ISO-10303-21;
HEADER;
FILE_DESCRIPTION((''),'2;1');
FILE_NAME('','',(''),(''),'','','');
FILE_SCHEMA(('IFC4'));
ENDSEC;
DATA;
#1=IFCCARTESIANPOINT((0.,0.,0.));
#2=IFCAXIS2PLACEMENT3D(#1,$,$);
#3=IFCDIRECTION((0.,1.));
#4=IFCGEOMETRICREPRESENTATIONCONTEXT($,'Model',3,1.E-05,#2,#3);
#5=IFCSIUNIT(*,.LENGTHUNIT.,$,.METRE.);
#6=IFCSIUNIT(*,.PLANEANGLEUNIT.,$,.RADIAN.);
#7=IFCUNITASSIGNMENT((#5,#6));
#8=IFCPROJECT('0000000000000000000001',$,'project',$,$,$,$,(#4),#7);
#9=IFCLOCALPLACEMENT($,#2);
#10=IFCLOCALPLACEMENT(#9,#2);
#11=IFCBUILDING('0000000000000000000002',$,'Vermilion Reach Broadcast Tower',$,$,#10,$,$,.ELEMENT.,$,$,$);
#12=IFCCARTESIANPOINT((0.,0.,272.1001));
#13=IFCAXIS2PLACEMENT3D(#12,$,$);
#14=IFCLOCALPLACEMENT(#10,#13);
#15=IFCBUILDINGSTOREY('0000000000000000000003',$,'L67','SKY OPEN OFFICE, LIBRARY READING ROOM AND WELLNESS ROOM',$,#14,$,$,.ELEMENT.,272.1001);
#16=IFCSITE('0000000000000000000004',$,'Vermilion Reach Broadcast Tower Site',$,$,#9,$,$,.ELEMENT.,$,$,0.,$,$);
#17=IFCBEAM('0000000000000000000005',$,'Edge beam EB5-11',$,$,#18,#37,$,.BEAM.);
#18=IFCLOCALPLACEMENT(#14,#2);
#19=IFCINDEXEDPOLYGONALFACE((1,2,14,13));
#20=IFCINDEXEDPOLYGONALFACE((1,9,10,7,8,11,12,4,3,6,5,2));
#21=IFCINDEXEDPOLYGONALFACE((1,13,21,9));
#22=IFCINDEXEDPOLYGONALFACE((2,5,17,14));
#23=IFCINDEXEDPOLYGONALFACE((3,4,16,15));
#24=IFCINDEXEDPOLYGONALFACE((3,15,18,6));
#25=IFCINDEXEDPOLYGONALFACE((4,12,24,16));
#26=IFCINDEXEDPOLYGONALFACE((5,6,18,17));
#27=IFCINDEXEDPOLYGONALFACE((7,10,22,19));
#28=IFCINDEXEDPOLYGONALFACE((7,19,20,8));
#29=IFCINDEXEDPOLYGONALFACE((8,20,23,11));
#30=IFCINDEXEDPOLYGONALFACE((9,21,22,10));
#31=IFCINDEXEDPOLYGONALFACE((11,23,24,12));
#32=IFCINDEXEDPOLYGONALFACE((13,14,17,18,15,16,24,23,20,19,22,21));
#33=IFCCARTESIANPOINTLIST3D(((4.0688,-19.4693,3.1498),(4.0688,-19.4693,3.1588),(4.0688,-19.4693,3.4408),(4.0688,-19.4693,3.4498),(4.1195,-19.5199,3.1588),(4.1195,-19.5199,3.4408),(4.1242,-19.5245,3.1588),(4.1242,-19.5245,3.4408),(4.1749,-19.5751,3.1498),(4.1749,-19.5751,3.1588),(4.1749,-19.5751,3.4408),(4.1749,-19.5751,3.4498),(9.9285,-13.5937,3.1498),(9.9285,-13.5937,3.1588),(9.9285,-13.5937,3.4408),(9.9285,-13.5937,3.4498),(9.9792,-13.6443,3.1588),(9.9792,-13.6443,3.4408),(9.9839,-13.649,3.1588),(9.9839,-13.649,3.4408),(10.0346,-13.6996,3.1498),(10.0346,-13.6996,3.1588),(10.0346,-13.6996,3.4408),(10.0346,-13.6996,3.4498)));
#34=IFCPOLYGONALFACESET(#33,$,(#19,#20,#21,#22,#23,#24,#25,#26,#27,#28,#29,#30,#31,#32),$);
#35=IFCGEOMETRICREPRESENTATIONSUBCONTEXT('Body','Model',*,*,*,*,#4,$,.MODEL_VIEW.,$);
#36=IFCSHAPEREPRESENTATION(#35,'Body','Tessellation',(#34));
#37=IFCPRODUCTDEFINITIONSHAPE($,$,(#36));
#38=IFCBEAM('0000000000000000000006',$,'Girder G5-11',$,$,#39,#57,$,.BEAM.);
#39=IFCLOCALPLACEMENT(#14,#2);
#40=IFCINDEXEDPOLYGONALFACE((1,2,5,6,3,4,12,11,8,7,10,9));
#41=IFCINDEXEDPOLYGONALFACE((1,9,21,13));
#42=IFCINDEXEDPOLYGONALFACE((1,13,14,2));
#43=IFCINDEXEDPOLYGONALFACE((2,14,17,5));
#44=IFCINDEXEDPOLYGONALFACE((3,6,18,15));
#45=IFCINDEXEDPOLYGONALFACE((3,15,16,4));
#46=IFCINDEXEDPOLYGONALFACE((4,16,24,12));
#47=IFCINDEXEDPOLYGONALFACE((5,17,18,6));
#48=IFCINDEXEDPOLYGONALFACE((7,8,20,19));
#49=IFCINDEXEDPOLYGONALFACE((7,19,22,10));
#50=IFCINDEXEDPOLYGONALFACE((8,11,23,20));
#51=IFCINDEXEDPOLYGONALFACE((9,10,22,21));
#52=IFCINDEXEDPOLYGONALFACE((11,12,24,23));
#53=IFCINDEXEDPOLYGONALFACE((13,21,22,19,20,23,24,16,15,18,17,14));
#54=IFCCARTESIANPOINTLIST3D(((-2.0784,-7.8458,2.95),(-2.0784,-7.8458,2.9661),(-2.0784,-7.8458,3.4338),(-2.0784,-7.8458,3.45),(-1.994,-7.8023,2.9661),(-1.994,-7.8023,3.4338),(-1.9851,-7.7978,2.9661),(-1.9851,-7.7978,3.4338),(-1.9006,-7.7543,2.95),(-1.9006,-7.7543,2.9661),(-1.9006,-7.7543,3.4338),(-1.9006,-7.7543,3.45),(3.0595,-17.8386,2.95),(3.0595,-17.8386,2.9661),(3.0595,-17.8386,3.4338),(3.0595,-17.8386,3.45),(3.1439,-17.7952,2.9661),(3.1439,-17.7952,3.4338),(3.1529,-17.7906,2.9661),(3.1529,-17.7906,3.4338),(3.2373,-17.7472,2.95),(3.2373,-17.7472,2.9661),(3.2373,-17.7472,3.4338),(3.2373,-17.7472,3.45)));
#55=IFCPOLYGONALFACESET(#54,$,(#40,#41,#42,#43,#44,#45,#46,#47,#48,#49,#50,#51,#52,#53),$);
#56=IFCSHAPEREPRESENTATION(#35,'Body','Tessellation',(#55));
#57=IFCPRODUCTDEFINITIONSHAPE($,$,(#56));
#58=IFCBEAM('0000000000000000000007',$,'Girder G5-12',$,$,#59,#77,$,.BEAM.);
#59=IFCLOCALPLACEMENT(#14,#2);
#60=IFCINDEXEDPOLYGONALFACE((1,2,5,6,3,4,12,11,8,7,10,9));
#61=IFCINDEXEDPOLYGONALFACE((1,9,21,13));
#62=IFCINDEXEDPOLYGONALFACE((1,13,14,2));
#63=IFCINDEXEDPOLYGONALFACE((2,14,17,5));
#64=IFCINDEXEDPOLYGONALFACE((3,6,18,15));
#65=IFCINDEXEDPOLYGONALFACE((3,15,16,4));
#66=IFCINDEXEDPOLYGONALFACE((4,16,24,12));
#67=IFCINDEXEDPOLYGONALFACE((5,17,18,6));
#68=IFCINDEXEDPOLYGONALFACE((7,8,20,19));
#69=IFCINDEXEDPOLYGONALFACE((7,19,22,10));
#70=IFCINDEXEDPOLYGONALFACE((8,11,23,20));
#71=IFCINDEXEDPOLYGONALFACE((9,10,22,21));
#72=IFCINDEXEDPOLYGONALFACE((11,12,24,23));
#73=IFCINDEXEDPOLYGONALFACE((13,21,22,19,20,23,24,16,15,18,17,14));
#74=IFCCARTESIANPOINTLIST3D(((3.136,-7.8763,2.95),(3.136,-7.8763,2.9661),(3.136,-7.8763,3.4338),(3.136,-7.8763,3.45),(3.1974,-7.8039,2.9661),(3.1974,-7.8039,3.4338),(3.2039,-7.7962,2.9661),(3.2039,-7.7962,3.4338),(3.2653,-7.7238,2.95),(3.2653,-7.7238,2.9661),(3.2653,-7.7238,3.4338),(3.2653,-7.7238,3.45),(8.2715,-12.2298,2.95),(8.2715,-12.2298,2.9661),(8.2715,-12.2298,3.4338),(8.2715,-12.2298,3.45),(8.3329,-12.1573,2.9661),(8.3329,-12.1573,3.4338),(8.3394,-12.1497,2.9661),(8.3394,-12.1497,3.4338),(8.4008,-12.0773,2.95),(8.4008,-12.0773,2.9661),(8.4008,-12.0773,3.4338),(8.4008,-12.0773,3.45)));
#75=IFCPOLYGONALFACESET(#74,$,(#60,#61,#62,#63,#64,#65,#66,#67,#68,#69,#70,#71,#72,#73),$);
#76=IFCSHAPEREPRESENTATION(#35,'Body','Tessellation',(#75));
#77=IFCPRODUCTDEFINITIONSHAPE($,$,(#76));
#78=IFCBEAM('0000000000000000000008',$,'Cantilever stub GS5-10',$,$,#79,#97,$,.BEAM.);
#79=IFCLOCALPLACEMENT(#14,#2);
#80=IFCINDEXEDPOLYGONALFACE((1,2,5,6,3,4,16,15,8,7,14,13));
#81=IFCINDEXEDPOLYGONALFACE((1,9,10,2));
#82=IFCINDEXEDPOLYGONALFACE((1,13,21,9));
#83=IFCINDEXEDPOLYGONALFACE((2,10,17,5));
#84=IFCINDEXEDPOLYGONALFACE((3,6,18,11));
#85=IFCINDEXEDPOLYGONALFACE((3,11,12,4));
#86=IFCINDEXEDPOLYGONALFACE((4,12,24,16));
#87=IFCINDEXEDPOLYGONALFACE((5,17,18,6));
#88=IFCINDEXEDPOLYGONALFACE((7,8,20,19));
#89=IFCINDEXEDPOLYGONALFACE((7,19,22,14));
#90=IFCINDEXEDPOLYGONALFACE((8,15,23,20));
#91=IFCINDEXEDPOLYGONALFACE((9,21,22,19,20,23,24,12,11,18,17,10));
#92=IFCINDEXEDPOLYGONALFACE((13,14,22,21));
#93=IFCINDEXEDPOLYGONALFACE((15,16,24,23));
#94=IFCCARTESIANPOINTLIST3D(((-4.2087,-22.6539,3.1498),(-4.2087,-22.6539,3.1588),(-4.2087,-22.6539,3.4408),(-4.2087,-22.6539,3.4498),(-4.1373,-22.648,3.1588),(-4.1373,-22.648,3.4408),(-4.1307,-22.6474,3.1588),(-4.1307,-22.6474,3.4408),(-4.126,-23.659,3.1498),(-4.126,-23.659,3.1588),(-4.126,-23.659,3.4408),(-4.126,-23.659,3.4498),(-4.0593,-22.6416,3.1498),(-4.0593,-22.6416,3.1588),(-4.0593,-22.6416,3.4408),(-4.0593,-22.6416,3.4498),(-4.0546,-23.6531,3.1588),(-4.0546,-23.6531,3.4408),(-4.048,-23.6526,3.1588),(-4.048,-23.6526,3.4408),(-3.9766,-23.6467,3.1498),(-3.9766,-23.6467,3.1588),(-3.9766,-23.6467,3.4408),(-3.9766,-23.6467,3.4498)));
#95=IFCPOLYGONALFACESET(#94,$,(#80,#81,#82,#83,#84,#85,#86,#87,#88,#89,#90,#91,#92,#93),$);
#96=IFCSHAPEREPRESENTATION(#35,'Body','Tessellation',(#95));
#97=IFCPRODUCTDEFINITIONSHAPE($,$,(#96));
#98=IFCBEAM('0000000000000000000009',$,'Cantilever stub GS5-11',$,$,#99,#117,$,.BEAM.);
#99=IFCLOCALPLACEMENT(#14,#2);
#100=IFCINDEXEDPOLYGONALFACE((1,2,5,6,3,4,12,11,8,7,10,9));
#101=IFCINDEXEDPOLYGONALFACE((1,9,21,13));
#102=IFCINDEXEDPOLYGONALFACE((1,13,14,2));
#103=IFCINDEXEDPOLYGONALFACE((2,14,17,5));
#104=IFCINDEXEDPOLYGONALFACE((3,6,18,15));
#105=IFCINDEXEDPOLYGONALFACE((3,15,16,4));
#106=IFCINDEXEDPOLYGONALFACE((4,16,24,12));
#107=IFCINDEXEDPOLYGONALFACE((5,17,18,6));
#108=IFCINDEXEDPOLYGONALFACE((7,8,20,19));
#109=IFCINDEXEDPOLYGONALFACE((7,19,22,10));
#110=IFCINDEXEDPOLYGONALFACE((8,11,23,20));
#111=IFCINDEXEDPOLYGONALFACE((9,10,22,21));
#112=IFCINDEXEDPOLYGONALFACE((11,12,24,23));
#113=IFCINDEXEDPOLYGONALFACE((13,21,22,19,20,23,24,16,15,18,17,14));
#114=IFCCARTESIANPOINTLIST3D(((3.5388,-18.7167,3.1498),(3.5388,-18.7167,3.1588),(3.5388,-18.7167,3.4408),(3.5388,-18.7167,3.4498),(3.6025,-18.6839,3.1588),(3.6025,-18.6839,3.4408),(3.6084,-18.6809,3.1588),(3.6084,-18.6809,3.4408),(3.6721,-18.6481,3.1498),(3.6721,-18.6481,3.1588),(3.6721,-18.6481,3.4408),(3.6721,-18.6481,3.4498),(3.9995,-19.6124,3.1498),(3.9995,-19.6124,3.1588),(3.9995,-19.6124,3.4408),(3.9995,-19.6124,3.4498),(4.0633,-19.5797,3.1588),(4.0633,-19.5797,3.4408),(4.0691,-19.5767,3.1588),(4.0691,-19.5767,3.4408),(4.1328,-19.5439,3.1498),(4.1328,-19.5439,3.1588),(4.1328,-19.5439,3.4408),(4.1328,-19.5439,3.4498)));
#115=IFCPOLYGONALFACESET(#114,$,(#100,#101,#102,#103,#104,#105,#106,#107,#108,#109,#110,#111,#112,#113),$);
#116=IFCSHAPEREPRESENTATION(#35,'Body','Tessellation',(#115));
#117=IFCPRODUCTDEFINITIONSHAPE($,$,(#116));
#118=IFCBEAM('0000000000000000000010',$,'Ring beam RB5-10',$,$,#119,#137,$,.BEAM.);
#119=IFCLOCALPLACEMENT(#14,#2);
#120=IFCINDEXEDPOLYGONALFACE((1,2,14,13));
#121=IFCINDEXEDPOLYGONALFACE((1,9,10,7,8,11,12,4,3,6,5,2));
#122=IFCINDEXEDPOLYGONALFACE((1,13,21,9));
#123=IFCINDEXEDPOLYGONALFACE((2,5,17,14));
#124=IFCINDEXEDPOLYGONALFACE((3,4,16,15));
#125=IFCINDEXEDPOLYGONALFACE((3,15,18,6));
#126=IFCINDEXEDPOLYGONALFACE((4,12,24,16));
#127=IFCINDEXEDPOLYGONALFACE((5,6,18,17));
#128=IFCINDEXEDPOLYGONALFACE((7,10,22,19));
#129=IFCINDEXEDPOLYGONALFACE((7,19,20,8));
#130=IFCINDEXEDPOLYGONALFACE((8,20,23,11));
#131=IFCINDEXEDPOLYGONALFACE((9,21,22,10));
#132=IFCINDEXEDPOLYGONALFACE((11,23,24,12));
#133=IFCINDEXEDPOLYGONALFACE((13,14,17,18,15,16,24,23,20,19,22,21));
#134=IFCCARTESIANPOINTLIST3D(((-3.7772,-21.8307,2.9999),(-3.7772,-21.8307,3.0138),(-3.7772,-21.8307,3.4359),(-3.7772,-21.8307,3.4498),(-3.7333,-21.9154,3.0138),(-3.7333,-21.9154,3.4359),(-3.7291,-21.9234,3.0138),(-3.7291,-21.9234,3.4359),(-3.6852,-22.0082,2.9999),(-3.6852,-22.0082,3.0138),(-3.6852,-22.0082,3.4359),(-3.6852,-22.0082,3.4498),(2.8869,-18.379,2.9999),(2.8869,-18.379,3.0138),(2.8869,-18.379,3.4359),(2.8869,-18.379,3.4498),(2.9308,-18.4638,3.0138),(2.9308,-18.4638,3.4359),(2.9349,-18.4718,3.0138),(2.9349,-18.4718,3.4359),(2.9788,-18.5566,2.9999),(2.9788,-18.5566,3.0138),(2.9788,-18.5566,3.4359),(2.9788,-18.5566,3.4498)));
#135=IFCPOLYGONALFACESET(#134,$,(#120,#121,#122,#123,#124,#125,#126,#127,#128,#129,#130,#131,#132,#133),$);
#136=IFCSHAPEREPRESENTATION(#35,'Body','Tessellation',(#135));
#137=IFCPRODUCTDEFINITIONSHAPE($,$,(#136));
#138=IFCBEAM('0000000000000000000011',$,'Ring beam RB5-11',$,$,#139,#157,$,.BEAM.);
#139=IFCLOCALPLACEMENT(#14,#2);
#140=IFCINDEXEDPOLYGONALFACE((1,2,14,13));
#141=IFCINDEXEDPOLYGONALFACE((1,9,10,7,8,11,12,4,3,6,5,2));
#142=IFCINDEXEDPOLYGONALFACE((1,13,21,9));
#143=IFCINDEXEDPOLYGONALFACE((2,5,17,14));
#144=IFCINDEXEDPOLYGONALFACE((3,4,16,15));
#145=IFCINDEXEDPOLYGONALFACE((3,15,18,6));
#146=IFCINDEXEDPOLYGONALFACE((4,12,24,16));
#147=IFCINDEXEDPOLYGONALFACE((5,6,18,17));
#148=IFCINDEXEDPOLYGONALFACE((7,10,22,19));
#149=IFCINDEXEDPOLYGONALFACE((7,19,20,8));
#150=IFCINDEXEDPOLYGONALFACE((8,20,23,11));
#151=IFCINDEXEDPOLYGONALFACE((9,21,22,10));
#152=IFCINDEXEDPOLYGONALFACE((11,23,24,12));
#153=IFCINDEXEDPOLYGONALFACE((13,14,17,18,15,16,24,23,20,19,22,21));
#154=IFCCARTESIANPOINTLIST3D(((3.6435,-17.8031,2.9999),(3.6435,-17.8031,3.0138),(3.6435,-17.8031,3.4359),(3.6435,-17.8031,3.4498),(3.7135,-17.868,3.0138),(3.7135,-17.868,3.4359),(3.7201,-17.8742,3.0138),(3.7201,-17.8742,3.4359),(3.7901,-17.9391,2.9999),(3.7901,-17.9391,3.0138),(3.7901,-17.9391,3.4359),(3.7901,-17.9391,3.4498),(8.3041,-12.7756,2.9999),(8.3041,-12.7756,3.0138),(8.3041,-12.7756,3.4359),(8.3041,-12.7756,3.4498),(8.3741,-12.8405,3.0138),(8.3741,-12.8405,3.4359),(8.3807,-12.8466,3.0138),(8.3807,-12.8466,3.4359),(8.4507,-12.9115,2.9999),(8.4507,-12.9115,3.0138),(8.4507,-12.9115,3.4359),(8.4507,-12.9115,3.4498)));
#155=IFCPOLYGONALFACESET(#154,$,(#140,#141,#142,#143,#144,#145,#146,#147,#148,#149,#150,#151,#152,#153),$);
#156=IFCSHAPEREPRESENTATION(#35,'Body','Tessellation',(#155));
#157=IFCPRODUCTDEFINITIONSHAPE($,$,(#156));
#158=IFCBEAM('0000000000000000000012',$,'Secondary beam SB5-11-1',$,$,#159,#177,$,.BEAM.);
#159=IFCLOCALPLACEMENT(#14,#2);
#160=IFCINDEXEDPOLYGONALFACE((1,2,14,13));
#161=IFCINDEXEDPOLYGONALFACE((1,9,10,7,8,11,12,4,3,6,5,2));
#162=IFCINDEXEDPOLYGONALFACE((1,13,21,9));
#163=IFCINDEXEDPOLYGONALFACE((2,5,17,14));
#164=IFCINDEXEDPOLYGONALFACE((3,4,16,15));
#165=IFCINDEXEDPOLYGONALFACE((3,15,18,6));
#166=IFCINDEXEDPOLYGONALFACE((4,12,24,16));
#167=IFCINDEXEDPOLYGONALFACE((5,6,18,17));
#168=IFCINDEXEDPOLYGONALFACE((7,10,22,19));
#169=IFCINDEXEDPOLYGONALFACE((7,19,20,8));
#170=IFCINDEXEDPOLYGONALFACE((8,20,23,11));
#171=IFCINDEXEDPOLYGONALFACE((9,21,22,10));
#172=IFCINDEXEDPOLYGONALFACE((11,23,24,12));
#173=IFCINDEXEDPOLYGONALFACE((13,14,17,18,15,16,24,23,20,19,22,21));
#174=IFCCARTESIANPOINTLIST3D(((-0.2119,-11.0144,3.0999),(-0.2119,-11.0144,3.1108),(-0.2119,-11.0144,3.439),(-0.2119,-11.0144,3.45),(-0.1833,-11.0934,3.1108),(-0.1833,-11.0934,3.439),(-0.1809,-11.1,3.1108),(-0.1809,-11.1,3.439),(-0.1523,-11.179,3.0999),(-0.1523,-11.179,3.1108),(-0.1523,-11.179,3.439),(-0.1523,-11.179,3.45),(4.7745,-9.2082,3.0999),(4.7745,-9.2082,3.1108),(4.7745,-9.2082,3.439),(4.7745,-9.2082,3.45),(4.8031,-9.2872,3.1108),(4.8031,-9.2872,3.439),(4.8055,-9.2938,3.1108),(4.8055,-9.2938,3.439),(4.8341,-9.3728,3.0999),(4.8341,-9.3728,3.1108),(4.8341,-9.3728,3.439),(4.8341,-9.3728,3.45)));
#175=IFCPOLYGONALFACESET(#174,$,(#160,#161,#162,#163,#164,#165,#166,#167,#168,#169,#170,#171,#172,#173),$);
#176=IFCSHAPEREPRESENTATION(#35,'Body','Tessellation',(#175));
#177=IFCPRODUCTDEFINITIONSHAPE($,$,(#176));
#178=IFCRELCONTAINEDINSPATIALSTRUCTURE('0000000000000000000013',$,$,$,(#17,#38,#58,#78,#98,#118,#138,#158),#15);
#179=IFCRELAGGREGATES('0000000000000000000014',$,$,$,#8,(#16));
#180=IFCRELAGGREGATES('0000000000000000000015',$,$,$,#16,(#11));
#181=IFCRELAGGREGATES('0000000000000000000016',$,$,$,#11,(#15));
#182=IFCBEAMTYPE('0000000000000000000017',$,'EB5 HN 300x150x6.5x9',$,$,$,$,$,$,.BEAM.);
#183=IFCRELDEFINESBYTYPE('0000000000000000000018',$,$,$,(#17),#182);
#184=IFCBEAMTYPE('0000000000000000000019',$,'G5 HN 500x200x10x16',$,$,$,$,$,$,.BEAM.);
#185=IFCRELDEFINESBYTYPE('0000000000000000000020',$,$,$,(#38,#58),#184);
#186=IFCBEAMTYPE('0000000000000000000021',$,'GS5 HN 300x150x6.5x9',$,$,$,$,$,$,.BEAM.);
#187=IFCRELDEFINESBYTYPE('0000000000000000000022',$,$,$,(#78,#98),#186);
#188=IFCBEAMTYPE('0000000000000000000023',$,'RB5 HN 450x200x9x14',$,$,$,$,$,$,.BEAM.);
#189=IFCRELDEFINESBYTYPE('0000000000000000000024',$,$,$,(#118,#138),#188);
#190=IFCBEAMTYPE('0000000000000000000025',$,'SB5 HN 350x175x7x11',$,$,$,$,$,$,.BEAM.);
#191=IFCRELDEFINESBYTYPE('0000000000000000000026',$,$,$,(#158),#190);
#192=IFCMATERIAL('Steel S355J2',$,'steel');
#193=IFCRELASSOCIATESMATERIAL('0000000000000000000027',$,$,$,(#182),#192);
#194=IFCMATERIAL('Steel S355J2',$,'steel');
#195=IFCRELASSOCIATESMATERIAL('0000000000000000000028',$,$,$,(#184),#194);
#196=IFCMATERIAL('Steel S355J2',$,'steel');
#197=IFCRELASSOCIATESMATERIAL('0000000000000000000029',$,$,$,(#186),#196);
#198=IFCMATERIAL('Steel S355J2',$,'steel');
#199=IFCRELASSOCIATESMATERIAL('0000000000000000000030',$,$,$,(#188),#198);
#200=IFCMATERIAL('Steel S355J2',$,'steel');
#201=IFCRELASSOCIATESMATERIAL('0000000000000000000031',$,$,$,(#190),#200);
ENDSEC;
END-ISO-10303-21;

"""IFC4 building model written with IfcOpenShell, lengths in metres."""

from ifc_helpers import new_model, si_unit, direction, frame, origin, origin_2d, place, context, subcontext, project, spatial, i_section, extrude, material, material_profile, profile_set, type_object, element, save


model = new_model("IFC4")

# Units and contexts
model_context = context("Model", 3, precision=1e-05, world=origin(), true_north=direction((0.0, 1.0)))
body_context = subcontext(model_context, "Body", "Model", "MODEL_VIEW")
ifc_project = project(units=[si_unit("LENGTHUNIT", "METRE"), si_unit("PLANEANGLEUNIT", "RADIAN")], contexts=[model_context])

# Site, building, storey
site_placement = place(None, origin())
site = spatial("IfcSite", under=ifc_project, at=site_placement, Name="Vermilion Reach Broadcast Tower Site", CompositionType="ELEMENT", RefElevation=0.0)
building_placement = place(site_placement, origin())
building = spatial("IfcBuilding", under=site, at=building_placement, Name="Vermilion Reach Broadcast Tower", CompositionType="ELEMENT")
storey_placement = place(building_placement, frame((0.0, 0.0, 272.1001)))
storey = spatial("IfcBuildingStorey", under=building, at=storey_placement, Name="L67", Description="SKY OPEN OFFICE, LIBRARY READING ROOM AND WELLNESS ROOM", CompositionType="ELEMENT", Elevation=272.1001)

# Beams
ifc_material_1 = material(Name="Steel S355J2", Category="steel")
ifc_material_profile_1 = material_profile(ifc_material_1, i_section(OverallWidth=0.1499, OverallDepth=0.3, WebThickness=0.0066, FlangeThickness=0.009, at=origin_2d()), Name="S355J2 HN 300x150x6.5x9")
ifc_profile_set_1 = profile_set([ifc_material_profile_1], Name="Steel S355J2")
beam_type_1 = type_object("IfcBeamType", Name="EB5 HN 300x150x6.5x9", PredefinedType="BEAM", material=ifc_profile_set_1)
beam_1_placement = place(storey_placement, frame((4.1218, -19.5222, 3.2998), z_axis=(0.70615, 0.708062, 0.0), x_axis=(-0.708062, 0.70615, 0.0)))
element("IfcBeam", 1, at=beam_1_placement, inside=storey, type_object=beam_type_1, Name="Edge beam EB5-11", PredefinedType="BEAM", context=body_context, shape_type="SweptSolid", body=[
    extrude(i_section(OverallWidth=0.1499, OverallDepth=0.3, WebThickness=0.0066, FlangeThickness=0.009, at=origin_2d()), origin(), (0.0, 0.0, 1.0), 8.2981),
])
ifc_material_2 = material(Name="Steel S355J2", Category="steel")
ifc_material_profile_2 = material_profile(ifc_material_2, i_section(OverallWidth=0.2, OverallDepth=0.5, WebThickness=0.01, FlangeThickness=0.0161, at=origin_2d()), Name="S355J2 HN 500x200x10x16")
ifc_profile_set_2 = profile_set([ifc_material_profile_2], Name="Steel S355J2")
beam_type_2 = type_object("IfcBeamType", Name="G5 HN 500x200x10x16", PredefinedType="BEAM", material=ifc_profile_set_2)
beam_2_placement = place(storey_placement, frame((-1.9895, -7.8, 3.2), z_axis=(0.457258, -0.889334, 0.0), x_axis=(0.889334, 0.457258, 0.0)))
element("IfcBeam", 2, at=beam_2_placement, inside=storey, type_object=beam_type_2, Name="Girder G5-11", PredefinedType="BEAM", context=body_context, shape_type="SweptSolid", body=[
    extrude(i_section(OverallWidth=0.2, OverallDepth=0.5, WebThickness=0.01, FlangeThickness=0.0161, at=origin_2d()), origin(), (0.0, 0.0, 1.0), 11.2363),
])
beam_3_placement = place(storey_placement, frame((3.2007, -7.8, 3.2), z_axis=(0.762793, -0.646643, 0.0), x_axis=(0.646643, 0.762793, 0.0)))
element("IfcBeam", 3, at=beam_3_placement, inside=storey, type_object=beam_type_2, Name="Girder G5-12", PredefinedType="BEAM", context=body_context, shape_type="SweptSolid", body=[
    extrude(i_section(OverallWidth=0.2, OverallDepth=0.5, WebThickness=0.01, FlangeThickness=0.0161, at=origin_2d()), origin(), (0.0, 0.0, 1.0), 6.7324),
])
ifc_material_3 = material(Name="Steel S355J2", Category="steel")
ifc_material_profile_3 = material_profile(ifc_material_3, i_section(OverallWidth=0.1499, OverallDepth=0.3, WebThickness=0.0066, FlangeThickness=0.009, at=origin_2d()), Name="S355J2 HN 300x150x6.5x9")
ifc_profile_set_3 = profile_set([ifc_material_profile_3], Name="Steel S355J2")
beam_type_3 = type_object("IfcBeamType", Name="GS5 HN 300x150x6.5x9", PredefinedType="BEAM", material=ifc_profile_set_3)
beam_4_placement = place(storey_placement, frame((-4.134, -22.6477, 3.2998), z_axis=(0.082064, -0.996627, 0.0), x_axis=(0.996627, 0.082064, 0.0)))
element("IfcBeam", 4, at=beam_4_placement, inside=storey, type_object=beam_type_3, Name="Cantilever stub GS5-10", PredefinedType="BEAM", context=body_context, shape_type="SweptSolid", body=[
    extrude(i_section(OverallWidth=0.1499, OverallDepth=0.3, WebThickness=0.0066, FlangeThickness=0.009, at=origin_2d()), origin(), (0.0, 0.0, 1.0), 1.0085),
])
beam_5_placement = place(storey_placement, frame((3.6055, -18.6824, 3.2998), z_axis=(0.457364, -0.889279, 0.0), x_axis=(0.889279, 0.457364, 0.0)))
element("IfcBeam", 5, at=beam_5_placement, inside=storey, type_object=beam_type_3, Name="Cantilever stub GS5-11", PredefinedType="BEAM", context=body_context, shape_type="SweptSolid", body=[
    extrude(i_section(OverallWidth=0.1499, OverallDepth=0.3, WebThickness=0.0066, FlangeThickness=0.009, at=origin_2d()), origin(), (0.0, 0.0, 1.0), 1.0073),
])
ifc_material_4 = material(Name="Steel S355J2", Category="steel")
ifc_material_profile_4 = material_profile(ifc_material_4, i_section(OverallWidth=0.2, OverallDepth=0.45, WebThickness=0.009, FlangeThickness=0.0139, at=origin_2d()), Name="S355J2 HN 450x200x9x14")
ifc_profile_set_4 = profile_set([ifc_material_profile_4], Name="Steel S355J2")
beam_type_4 = type_object("IfcBeamType", Name="RB5 HN 450x200x9x14", PredefinedType="BEAM", material=ifc_profile_set_4)
beam_6_placement = place(storey_placement, frame((-3.7312, -21.9194, 3.2249), z_axis=(0.88796, 0.45992, 0.0), x_axis=(-0.45992, 0.88796, 0.0)))
element("IfcBeam", 6, at=beam_6_placement, inside=storey, type_object=beam_type_4, Name="Ring beam RB5-10", PredefinedType="BEAM", context=body_context, shape_type="SweptSolid", body=[
    extrude(i_section(OverallWidth=0.2, OverallDepth=0.45, WebThickness=0.009, FlangeThickness=0.0139, at=origin_2d()), origin(), (0.0, 0.0, 1.0), 7.5049),
])
beam_7_placement = place(storey_placement, frame((3.7168, -17.8711, 3.2249), z_axis=(0.679838, 0.733363, 0.0), x_axis=(-0.733363, 0.679838, 0.0)))
element("IfcBeam", 7, at=beam_7_placement, inside=storey, type_object=beam_type_4, Name="Ring beam RB5-11", PredefinedType="BEAM", context=body_context, shape_type="SweptSolid", body=[
    extrude(i_section(OverallWidth=0.2, OverallDepth=0.45, WebThickness=0.009, FlangeThickness=0.0139, at=origin_2d()), origin(), (0.0, 0.0, 1.0), 6.8555),
])
ifc_material_5 = material(Name="Steel S355J2", Category="steel")
ifc_material_profile_5 = material_profile(ifc_material_5, i_section(OverallWidth=0.175, OverallDepth=0.3501, WebThickness=0.0071, FlangeThickness=0.011, at=origin_2d()), Name="S355J2 HN 350x175x7x11")
ifc_profile_set_5 = profile_set([ifc_material_profile_5], Name="Steel S355J2")
beam_type_5 = type_object("IfcBeamType", Name="SB5 HN 350x175x7x11", PredefinedType="BEAM", material=ifc_profile_set_5)
beam_8_placement = place(storey_placement, frame((-0.1821, -11.0967, 3.2749), z_axis=(0.94022, 0.340567, 0.0), x_axis=(-0.340567, 0.94022, 0.0)))
element("IfcBeam", 8, at=beam_8_placement, inside=storey, type_object=beam_type_5, Name="Secondary beam SB5-11-1", PredefinedType="BEAM", context=body_context, shape_type="SweptSolid", body=[
    extrude(i_section(OverallWidth=0.175, OverallDepth=0.3501, WebThickness=0.0071, FlangeThickness=0.011, at=origin_2d()), origin(), (0.0, 0.0, 1.0), 5.3035),
])

save(model, "model.ifc")
